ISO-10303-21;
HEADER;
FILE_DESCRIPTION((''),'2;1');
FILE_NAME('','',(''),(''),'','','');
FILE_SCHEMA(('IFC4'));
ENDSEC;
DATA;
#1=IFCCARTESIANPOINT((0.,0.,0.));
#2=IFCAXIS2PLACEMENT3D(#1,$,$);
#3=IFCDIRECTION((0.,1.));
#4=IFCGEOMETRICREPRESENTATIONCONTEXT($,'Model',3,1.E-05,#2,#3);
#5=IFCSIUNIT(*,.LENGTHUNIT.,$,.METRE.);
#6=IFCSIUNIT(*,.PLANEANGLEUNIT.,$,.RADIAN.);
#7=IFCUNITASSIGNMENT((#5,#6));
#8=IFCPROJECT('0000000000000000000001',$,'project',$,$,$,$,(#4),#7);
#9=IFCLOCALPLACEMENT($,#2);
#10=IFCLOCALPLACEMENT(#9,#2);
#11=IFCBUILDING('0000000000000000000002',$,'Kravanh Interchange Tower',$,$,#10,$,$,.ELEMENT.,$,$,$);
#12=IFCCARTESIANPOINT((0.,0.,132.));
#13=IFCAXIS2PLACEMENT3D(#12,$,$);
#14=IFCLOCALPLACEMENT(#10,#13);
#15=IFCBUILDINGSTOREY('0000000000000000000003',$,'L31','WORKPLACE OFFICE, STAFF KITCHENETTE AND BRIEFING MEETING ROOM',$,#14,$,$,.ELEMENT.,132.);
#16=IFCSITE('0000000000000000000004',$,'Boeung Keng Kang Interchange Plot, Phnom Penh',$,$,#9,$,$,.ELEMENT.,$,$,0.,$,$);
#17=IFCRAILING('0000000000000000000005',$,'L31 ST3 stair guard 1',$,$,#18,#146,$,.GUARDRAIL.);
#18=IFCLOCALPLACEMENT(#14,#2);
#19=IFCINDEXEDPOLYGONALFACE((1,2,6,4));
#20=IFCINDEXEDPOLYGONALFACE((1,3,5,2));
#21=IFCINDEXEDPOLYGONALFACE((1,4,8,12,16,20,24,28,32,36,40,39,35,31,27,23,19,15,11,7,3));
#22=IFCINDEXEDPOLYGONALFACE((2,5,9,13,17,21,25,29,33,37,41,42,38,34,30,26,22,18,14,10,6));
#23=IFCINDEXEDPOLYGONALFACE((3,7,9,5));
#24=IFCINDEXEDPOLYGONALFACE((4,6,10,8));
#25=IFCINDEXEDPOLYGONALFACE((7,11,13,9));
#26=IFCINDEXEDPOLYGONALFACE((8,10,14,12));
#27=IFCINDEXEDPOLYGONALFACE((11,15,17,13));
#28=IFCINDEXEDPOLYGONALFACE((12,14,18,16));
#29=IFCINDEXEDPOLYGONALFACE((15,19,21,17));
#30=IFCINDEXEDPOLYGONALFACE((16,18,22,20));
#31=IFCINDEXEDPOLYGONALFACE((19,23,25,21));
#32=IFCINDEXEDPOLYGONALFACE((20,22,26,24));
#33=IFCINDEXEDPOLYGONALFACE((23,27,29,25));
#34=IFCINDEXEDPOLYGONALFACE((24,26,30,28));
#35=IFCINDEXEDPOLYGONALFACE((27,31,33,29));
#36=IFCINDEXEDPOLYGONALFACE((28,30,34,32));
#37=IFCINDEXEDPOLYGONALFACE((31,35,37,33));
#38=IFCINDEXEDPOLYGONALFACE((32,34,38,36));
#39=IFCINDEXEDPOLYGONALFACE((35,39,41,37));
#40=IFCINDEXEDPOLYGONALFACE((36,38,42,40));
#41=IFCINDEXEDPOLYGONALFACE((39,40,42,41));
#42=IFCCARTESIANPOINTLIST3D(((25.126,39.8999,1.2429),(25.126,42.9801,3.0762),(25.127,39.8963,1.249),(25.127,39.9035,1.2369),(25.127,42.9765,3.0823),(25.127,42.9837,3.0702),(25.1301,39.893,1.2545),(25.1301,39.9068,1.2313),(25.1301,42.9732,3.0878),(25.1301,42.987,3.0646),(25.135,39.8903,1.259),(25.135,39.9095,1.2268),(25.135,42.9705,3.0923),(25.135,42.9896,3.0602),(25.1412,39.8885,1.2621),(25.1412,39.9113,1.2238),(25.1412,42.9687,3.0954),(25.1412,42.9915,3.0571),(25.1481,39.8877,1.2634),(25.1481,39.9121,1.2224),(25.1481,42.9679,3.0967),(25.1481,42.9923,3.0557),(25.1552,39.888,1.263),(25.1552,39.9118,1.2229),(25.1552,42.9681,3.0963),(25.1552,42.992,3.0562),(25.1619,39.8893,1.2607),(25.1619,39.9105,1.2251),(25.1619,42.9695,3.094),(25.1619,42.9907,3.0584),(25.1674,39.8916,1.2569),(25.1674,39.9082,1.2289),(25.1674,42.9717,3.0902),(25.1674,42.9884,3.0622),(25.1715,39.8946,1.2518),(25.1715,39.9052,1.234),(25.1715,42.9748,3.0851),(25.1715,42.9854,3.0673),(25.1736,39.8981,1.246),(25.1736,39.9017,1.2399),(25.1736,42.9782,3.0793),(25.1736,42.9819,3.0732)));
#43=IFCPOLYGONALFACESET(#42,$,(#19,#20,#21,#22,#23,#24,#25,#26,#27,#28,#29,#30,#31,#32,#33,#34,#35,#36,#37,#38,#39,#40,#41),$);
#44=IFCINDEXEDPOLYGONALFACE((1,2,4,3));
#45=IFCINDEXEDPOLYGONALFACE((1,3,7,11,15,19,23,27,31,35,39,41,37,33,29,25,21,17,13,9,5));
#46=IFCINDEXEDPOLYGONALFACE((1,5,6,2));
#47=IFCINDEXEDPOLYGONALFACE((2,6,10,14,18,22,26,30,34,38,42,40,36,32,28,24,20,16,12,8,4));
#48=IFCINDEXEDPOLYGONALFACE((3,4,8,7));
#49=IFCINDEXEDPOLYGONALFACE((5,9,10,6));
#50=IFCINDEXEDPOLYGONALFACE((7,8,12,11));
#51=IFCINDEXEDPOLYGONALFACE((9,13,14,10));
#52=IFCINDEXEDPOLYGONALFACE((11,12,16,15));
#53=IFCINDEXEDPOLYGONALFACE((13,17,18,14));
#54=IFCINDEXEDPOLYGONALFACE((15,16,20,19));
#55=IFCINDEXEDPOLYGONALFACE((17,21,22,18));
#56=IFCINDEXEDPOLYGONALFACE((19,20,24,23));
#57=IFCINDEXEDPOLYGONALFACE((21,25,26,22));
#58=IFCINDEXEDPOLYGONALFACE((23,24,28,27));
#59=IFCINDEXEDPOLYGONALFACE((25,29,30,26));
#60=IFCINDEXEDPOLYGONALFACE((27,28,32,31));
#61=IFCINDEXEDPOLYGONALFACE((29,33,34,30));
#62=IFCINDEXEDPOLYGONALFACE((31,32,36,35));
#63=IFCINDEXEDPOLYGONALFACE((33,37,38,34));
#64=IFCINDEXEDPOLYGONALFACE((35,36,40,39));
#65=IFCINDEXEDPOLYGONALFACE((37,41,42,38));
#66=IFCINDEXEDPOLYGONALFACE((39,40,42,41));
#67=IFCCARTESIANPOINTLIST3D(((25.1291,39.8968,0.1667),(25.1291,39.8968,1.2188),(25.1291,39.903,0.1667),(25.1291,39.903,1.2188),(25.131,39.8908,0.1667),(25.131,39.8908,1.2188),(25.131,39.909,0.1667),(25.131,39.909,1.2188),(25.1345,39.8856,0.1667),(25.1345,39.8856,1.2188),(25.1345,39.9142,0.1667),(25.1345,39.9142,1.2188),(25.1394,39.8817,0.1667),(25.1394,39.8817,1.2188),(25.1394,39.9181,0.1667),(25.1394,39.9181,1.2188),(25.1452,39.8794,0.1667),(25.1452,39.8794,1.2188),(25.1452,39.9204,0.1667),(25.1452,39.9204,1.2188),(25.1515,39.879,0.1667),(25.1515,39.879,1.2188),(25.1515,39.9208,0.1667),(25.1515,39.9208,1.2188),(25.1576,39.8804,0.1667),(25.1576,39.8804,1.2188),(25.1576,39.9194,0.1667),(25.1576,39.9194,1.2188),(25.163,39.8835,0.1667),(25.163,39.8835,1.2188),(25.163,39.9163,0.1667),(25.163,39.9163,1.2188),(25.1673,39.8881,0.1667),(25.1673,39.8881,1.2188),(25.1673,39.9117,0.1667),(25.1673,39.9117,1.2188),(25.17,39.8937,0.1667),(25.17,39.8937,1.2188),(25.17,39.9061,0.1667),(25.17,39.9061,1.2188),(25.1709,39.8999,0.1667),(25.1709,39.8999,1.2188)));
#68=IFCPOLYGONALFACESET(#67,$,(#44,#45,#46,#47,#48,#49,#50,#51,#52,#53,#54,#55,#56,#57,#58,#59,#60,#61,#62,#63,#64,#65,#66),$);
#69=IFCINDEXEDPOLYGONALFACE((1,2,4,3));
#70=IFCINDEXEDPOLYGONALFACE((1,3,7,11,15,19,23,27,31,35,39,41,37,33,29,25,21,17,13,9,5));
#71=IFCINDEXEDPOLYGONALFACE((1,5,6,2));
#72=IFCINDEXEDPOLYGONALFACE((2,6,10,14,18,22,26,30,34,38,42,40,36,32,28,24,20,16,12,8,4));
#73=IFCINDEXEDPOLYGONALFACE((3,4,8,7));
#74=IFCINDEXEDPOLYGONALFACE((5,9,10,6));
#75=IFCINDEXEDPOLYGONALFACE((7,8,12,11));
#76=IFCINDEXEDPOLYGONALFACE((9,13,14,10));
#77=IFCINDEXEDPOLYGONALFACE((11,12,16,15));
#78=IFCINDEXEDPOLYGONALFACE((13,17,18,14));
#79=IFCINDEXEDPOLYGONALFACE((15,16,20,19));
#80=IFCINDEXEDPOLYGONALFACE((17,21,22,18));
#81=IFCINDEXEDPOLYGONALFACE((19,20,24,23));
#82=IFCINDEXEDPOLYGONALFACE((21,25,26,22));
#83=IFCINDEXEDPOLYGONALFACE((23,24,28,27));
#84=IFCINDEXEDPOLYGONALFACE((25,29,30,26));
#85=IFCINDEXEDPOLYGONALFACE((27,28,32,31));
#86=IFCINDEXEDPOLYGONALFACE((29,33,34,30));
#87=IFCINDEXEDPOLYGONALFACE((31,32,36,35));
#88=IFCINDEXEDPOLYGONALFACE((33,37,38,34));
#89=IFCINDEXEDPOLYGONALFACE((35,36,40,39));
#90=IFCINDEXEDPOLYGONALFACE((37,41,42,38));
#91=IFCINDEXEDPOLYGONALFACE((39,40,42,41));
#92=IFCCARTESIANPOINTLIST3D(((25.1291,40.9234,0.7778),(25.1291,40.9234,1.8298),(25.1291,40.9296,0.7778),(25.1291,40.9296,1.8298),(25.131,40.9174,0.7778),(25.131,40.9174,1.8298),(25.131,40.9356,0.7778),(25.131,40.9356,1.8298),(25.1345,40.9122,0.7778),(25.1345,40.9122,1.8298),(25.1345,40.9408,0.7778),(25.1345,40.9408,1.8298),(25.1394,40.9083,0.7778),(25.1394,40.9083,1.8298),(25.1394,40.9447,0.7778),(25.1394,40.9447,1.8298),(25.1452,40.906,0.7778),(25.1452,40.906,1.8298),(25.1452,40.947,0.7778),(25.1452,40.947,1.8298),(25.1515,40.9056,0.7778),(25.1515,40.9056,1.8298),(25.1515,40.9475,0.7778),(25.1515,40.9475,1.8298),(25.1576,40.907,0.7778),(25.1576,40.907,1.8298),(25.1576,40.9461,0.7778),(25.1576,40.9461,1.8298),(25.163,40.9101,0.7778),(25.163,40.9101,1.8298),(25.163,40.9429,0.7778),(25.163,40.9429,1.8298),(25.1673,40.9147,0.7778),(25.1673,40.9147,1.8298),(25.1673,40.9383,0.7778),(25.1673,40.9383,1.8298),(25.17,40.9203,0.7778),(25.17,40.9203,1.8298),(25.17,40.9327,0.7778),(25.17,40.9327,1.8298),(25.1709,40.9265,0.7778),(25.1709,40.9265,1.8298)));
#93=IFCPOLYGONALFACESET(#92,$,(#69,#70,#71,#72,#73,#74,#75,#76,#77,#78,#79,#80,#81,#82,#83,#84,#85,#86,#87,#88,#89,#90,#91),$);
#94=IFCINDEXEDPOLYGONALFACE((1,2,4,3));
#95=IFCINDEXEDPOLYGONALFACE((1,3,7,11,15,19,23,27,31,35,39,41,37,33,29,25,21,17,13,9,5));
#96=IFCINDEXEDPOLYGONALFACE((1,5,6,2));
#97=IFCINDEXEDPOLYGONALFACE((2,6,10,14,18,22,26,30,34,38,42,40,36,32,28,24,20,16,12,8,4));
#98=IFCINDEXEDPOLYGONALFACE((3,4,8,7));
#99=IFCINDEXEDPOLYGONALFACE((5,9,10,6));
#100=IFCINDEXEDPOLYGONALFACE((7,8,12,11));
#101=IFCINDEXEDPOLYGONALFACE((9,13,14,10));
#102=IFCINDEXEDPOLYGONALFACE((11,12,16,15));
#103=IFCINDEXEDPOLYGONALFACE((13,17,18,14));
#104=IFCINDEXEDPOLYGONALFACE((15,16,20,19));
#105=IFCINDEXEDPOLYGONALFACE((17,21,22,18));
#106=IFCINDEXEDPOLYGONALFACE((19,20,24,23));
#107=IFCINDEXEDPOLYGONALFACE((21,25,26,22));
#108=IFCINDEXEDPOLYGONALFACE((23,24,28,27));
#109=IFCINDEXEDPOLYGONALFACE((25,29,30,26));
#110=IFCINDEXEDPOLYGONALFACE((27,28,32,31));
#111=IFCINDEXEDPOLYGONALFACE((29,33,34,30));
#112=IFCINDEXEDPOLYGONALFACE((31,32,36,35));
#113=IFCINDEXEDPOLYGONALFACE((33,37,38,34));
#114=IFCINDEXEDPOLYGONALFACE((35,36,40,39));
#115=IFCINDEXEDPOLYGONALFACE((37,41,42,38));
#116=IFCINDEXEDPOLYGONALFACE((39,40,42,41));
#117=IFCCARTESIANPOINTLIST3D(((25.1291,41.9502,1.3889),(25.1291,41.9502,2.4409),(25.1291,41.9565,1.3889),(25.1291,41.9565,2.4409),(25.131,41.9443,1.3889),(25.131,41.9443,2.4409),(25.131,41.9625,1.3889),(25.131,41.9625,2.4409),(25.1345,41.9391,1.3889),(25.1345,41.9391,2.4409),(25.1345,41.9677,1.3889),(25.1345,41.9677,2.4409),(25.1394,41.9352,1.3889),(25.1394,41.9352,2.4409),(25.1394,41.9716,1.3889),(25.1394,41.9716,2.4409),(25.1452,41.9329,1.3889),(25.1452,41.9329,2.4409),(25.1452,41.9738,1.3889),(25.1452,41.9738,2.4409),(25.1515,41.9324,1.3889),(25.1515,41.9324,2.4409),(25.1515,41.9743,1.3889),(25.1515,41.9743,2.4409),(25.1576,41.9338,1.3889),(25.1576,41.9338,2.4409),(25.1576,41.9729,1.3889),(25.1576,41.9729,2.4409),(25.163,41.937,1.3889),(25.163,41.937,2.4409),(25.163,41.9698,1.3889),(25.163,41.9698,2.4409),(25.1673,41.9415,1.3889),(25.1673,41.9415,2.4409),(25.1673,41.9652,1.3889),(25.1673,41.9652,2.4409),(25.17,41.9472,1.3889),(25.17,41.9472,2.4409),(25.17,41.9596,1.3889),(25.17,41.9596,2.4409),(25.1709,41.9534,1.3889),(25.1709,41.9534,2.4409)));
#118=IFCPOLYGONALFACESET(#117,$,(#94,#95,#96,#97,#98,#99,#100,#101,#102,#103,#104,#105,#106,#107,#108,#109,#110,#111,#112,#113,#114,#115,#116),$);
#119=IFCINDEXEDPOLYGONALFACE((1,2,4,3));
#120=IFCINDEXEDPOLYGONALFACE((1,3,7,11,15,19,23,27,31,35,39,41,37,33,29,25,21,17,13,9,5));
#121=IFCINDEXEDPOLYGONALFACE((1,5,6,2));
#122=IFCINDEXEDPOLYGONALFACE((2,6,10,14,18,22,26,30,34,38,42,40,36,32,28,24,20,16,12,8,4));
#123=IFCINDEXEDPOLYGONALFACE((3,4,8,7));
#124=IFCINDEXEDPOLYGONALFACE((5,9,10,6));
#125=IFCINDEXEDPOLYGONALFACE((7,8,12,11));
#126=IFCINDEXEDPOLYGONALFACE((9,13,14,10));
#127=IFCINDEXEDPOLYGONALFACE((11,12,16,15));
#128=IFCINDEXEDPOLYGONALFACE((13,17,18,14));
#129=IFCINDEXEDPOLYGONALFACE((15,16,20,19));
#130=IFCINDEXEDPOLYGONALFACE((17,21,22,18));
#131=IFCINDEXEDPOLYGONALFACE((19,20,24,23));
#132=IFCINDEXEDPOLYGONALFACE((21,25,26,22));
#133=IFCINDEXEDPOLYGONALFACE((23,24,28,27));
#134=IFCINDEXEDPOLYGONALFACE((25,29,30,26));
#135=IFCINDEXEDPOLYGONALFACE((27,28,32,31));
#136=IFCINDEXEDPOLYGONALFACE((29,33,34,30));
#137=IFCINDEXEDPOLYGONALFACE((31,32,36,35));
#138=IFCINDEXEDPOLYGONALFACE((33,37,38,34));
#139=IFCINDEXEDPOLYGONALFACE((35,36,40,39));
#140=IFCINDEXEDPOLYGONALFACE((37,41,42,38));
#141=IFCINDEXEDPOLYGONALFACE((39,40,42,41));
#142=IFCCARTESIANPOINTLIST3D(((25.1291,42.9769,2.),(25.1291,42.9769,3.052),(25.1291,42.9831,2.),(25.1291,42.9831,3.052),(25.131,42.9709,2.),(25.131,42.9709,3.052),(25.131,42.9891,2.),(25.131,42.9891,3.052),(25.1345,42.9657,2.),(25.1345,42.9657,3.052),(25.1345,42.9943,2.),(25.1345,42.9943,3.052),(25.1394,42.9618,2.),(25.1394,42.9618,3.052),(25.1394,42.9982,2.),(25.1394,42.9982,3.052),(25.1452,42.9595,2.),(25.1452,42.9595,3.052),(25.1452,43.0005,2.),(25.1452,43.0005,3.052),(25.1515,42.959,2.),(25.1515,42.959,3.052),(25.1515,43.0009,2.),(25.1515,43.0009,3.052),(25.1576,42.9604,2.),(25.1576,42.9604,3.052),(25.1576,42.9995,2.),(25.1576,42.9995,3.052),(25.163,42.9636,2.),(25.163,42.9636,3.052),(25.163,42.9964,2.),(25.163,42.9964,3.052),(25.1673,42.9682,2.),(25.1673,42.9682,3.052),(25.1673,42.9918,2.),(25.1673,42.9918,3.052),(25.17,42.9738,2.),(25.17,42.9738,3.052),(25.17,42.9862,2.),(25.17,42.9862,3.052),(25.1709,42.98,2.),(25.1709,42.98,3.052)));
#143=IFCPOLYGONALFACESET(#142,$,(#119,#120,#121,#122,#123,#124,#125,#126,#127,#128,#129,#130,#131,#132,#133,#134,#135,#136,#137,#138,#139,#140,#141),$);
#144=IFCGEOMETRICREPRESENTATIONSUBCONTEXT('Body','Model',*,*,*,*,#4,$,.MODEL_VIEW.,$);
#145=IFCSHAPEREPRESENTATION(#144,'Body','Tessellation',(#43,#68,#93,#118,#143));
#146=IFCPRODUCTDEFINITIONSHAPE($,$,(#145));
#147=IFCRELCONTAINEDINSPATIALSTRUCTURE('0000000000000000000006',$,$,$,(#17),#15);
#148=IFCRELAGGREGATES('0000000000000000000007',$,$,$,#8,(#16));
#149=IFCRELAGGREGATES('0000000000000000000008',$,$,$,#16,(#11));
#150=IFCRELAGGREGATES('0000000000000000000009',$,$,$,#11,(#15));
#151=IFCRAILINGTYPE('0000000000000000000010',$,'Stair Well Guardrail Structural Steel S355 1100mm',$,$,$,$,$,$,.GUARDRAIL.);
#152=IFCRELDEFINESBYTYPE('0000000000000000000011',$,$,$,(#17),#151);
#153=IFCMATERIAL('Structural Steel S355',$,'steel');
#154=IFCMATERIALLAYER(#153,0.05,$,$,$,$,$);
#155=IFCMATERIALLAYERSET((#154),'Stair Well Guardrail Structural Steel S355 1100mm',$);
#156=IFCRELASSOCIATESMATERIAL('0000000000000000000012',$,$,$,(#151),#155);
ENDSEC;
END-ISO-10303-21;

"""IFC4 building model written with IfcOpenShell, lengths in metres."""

from ifc_helpers import new_model, si_unit, direction, frame, origin, origin_2d, place, context, subcontext, project, spatial, circle, extrude, material, layer, layer_set, type_object, element, save


model = new_model("IFC4")

# Units and contexts
model_context = context("Model", 3, precision=1e-05, world=origin(), true_north=direction((0.0, 1.0)))
body_context = subcontext(model_context, "Body", "Model", "MODEL_VIEW")
ifc_project = project(units=[si_unit("LENGTHUNIT", "METRE"), si_unit("PLANEANGLEUNIT", "RADIAN")], contexts=[model_context])

# Site, building, storey
site_placement = place(None, origin())
site = spatial("IfcSite", under=ifc_project, at=site_placement, Name="Boeung Keng Kang Interchange Plot, Phnom Penh", CompositionType="ELEMENT", RefElevation=0.0)
building_placement = place(site_placement, origin())
building = spatial("IfcBuilding", under=site, at=building_placement, Name="Kravanh Interchange Tower", CompositionType="ELEMENT")
storey_placement = place(building_placement, frame((0.0, 0.0, 132.0)))
storey = spatial("IfcBuildingStorey", under=building, at=storey_placement, Name="L31", Description="WORKPLACE OFFICE, STAFF KITCHENETTE AND BRIEFING MEETING ROOM", CompositionType="ELEMENT", Elevation=132.0)

# Railing
ifc_material_1 = material(Name="Structural Steel S355", Category="steel")
ifc_layer_1 = layer(ifc_material_1, 0.05)
ifc_layer_set_1 = layer_set([ifc_layer_1], Name="Stair Well Guardrail Structural Steel S355 1100mm")
railing_type_1 = type_object("IfcRailingType", Name="Stair Well Guardrail Structural Steel S355 1100mm", PredefinedType="GUARDRAIL", material=ifc_layer_set_1)
railing_1_placement = place(storey_placement, frame((25.1499, 39.8999, 0.1667)))
element("IfcRailing", 1, at=railing_1_placement, inside=storey, type_object=railing_type_1, Name="L31 ST3 stair guard 1", PredefinedType="GUARDRAIL", context=body_context, shape_type="SweptSolid", body=[
    extrude(circle(Radius=0.0239, at=origin_2d()), frame((0.0, 0.0, 1.0762), z_axis=(0.0, 0.859309, 0.511458), x_axis=(-1.0, 0.0, 0.0)), (0.0, 0.0, 1.0), 3.5845),
    extrude(circle(Radius=0.021, at=origin_2d()), origin(), (0.0, 0.0, 1.0), 1.052),
    extrude(circle(Radius=0.021, at=origin_2d()), frame((0.0, 1.0266, 0.6111)), (0.0, 0.0, 1.0), 1.052),
    extrude(circle(Radius=0.021, at=origin_2d()), frame((0.0, 2.0535, 1.2222)), (0.0, 0.0, 1.0), 1.052),
    extrude(circle(Radius=0.021, at=origin_2d()), frame((0.0, 3.0801, 1.8333)), (0.0, 0.0, 1.0), 1.052),
])

save(model, "model.ifc")
